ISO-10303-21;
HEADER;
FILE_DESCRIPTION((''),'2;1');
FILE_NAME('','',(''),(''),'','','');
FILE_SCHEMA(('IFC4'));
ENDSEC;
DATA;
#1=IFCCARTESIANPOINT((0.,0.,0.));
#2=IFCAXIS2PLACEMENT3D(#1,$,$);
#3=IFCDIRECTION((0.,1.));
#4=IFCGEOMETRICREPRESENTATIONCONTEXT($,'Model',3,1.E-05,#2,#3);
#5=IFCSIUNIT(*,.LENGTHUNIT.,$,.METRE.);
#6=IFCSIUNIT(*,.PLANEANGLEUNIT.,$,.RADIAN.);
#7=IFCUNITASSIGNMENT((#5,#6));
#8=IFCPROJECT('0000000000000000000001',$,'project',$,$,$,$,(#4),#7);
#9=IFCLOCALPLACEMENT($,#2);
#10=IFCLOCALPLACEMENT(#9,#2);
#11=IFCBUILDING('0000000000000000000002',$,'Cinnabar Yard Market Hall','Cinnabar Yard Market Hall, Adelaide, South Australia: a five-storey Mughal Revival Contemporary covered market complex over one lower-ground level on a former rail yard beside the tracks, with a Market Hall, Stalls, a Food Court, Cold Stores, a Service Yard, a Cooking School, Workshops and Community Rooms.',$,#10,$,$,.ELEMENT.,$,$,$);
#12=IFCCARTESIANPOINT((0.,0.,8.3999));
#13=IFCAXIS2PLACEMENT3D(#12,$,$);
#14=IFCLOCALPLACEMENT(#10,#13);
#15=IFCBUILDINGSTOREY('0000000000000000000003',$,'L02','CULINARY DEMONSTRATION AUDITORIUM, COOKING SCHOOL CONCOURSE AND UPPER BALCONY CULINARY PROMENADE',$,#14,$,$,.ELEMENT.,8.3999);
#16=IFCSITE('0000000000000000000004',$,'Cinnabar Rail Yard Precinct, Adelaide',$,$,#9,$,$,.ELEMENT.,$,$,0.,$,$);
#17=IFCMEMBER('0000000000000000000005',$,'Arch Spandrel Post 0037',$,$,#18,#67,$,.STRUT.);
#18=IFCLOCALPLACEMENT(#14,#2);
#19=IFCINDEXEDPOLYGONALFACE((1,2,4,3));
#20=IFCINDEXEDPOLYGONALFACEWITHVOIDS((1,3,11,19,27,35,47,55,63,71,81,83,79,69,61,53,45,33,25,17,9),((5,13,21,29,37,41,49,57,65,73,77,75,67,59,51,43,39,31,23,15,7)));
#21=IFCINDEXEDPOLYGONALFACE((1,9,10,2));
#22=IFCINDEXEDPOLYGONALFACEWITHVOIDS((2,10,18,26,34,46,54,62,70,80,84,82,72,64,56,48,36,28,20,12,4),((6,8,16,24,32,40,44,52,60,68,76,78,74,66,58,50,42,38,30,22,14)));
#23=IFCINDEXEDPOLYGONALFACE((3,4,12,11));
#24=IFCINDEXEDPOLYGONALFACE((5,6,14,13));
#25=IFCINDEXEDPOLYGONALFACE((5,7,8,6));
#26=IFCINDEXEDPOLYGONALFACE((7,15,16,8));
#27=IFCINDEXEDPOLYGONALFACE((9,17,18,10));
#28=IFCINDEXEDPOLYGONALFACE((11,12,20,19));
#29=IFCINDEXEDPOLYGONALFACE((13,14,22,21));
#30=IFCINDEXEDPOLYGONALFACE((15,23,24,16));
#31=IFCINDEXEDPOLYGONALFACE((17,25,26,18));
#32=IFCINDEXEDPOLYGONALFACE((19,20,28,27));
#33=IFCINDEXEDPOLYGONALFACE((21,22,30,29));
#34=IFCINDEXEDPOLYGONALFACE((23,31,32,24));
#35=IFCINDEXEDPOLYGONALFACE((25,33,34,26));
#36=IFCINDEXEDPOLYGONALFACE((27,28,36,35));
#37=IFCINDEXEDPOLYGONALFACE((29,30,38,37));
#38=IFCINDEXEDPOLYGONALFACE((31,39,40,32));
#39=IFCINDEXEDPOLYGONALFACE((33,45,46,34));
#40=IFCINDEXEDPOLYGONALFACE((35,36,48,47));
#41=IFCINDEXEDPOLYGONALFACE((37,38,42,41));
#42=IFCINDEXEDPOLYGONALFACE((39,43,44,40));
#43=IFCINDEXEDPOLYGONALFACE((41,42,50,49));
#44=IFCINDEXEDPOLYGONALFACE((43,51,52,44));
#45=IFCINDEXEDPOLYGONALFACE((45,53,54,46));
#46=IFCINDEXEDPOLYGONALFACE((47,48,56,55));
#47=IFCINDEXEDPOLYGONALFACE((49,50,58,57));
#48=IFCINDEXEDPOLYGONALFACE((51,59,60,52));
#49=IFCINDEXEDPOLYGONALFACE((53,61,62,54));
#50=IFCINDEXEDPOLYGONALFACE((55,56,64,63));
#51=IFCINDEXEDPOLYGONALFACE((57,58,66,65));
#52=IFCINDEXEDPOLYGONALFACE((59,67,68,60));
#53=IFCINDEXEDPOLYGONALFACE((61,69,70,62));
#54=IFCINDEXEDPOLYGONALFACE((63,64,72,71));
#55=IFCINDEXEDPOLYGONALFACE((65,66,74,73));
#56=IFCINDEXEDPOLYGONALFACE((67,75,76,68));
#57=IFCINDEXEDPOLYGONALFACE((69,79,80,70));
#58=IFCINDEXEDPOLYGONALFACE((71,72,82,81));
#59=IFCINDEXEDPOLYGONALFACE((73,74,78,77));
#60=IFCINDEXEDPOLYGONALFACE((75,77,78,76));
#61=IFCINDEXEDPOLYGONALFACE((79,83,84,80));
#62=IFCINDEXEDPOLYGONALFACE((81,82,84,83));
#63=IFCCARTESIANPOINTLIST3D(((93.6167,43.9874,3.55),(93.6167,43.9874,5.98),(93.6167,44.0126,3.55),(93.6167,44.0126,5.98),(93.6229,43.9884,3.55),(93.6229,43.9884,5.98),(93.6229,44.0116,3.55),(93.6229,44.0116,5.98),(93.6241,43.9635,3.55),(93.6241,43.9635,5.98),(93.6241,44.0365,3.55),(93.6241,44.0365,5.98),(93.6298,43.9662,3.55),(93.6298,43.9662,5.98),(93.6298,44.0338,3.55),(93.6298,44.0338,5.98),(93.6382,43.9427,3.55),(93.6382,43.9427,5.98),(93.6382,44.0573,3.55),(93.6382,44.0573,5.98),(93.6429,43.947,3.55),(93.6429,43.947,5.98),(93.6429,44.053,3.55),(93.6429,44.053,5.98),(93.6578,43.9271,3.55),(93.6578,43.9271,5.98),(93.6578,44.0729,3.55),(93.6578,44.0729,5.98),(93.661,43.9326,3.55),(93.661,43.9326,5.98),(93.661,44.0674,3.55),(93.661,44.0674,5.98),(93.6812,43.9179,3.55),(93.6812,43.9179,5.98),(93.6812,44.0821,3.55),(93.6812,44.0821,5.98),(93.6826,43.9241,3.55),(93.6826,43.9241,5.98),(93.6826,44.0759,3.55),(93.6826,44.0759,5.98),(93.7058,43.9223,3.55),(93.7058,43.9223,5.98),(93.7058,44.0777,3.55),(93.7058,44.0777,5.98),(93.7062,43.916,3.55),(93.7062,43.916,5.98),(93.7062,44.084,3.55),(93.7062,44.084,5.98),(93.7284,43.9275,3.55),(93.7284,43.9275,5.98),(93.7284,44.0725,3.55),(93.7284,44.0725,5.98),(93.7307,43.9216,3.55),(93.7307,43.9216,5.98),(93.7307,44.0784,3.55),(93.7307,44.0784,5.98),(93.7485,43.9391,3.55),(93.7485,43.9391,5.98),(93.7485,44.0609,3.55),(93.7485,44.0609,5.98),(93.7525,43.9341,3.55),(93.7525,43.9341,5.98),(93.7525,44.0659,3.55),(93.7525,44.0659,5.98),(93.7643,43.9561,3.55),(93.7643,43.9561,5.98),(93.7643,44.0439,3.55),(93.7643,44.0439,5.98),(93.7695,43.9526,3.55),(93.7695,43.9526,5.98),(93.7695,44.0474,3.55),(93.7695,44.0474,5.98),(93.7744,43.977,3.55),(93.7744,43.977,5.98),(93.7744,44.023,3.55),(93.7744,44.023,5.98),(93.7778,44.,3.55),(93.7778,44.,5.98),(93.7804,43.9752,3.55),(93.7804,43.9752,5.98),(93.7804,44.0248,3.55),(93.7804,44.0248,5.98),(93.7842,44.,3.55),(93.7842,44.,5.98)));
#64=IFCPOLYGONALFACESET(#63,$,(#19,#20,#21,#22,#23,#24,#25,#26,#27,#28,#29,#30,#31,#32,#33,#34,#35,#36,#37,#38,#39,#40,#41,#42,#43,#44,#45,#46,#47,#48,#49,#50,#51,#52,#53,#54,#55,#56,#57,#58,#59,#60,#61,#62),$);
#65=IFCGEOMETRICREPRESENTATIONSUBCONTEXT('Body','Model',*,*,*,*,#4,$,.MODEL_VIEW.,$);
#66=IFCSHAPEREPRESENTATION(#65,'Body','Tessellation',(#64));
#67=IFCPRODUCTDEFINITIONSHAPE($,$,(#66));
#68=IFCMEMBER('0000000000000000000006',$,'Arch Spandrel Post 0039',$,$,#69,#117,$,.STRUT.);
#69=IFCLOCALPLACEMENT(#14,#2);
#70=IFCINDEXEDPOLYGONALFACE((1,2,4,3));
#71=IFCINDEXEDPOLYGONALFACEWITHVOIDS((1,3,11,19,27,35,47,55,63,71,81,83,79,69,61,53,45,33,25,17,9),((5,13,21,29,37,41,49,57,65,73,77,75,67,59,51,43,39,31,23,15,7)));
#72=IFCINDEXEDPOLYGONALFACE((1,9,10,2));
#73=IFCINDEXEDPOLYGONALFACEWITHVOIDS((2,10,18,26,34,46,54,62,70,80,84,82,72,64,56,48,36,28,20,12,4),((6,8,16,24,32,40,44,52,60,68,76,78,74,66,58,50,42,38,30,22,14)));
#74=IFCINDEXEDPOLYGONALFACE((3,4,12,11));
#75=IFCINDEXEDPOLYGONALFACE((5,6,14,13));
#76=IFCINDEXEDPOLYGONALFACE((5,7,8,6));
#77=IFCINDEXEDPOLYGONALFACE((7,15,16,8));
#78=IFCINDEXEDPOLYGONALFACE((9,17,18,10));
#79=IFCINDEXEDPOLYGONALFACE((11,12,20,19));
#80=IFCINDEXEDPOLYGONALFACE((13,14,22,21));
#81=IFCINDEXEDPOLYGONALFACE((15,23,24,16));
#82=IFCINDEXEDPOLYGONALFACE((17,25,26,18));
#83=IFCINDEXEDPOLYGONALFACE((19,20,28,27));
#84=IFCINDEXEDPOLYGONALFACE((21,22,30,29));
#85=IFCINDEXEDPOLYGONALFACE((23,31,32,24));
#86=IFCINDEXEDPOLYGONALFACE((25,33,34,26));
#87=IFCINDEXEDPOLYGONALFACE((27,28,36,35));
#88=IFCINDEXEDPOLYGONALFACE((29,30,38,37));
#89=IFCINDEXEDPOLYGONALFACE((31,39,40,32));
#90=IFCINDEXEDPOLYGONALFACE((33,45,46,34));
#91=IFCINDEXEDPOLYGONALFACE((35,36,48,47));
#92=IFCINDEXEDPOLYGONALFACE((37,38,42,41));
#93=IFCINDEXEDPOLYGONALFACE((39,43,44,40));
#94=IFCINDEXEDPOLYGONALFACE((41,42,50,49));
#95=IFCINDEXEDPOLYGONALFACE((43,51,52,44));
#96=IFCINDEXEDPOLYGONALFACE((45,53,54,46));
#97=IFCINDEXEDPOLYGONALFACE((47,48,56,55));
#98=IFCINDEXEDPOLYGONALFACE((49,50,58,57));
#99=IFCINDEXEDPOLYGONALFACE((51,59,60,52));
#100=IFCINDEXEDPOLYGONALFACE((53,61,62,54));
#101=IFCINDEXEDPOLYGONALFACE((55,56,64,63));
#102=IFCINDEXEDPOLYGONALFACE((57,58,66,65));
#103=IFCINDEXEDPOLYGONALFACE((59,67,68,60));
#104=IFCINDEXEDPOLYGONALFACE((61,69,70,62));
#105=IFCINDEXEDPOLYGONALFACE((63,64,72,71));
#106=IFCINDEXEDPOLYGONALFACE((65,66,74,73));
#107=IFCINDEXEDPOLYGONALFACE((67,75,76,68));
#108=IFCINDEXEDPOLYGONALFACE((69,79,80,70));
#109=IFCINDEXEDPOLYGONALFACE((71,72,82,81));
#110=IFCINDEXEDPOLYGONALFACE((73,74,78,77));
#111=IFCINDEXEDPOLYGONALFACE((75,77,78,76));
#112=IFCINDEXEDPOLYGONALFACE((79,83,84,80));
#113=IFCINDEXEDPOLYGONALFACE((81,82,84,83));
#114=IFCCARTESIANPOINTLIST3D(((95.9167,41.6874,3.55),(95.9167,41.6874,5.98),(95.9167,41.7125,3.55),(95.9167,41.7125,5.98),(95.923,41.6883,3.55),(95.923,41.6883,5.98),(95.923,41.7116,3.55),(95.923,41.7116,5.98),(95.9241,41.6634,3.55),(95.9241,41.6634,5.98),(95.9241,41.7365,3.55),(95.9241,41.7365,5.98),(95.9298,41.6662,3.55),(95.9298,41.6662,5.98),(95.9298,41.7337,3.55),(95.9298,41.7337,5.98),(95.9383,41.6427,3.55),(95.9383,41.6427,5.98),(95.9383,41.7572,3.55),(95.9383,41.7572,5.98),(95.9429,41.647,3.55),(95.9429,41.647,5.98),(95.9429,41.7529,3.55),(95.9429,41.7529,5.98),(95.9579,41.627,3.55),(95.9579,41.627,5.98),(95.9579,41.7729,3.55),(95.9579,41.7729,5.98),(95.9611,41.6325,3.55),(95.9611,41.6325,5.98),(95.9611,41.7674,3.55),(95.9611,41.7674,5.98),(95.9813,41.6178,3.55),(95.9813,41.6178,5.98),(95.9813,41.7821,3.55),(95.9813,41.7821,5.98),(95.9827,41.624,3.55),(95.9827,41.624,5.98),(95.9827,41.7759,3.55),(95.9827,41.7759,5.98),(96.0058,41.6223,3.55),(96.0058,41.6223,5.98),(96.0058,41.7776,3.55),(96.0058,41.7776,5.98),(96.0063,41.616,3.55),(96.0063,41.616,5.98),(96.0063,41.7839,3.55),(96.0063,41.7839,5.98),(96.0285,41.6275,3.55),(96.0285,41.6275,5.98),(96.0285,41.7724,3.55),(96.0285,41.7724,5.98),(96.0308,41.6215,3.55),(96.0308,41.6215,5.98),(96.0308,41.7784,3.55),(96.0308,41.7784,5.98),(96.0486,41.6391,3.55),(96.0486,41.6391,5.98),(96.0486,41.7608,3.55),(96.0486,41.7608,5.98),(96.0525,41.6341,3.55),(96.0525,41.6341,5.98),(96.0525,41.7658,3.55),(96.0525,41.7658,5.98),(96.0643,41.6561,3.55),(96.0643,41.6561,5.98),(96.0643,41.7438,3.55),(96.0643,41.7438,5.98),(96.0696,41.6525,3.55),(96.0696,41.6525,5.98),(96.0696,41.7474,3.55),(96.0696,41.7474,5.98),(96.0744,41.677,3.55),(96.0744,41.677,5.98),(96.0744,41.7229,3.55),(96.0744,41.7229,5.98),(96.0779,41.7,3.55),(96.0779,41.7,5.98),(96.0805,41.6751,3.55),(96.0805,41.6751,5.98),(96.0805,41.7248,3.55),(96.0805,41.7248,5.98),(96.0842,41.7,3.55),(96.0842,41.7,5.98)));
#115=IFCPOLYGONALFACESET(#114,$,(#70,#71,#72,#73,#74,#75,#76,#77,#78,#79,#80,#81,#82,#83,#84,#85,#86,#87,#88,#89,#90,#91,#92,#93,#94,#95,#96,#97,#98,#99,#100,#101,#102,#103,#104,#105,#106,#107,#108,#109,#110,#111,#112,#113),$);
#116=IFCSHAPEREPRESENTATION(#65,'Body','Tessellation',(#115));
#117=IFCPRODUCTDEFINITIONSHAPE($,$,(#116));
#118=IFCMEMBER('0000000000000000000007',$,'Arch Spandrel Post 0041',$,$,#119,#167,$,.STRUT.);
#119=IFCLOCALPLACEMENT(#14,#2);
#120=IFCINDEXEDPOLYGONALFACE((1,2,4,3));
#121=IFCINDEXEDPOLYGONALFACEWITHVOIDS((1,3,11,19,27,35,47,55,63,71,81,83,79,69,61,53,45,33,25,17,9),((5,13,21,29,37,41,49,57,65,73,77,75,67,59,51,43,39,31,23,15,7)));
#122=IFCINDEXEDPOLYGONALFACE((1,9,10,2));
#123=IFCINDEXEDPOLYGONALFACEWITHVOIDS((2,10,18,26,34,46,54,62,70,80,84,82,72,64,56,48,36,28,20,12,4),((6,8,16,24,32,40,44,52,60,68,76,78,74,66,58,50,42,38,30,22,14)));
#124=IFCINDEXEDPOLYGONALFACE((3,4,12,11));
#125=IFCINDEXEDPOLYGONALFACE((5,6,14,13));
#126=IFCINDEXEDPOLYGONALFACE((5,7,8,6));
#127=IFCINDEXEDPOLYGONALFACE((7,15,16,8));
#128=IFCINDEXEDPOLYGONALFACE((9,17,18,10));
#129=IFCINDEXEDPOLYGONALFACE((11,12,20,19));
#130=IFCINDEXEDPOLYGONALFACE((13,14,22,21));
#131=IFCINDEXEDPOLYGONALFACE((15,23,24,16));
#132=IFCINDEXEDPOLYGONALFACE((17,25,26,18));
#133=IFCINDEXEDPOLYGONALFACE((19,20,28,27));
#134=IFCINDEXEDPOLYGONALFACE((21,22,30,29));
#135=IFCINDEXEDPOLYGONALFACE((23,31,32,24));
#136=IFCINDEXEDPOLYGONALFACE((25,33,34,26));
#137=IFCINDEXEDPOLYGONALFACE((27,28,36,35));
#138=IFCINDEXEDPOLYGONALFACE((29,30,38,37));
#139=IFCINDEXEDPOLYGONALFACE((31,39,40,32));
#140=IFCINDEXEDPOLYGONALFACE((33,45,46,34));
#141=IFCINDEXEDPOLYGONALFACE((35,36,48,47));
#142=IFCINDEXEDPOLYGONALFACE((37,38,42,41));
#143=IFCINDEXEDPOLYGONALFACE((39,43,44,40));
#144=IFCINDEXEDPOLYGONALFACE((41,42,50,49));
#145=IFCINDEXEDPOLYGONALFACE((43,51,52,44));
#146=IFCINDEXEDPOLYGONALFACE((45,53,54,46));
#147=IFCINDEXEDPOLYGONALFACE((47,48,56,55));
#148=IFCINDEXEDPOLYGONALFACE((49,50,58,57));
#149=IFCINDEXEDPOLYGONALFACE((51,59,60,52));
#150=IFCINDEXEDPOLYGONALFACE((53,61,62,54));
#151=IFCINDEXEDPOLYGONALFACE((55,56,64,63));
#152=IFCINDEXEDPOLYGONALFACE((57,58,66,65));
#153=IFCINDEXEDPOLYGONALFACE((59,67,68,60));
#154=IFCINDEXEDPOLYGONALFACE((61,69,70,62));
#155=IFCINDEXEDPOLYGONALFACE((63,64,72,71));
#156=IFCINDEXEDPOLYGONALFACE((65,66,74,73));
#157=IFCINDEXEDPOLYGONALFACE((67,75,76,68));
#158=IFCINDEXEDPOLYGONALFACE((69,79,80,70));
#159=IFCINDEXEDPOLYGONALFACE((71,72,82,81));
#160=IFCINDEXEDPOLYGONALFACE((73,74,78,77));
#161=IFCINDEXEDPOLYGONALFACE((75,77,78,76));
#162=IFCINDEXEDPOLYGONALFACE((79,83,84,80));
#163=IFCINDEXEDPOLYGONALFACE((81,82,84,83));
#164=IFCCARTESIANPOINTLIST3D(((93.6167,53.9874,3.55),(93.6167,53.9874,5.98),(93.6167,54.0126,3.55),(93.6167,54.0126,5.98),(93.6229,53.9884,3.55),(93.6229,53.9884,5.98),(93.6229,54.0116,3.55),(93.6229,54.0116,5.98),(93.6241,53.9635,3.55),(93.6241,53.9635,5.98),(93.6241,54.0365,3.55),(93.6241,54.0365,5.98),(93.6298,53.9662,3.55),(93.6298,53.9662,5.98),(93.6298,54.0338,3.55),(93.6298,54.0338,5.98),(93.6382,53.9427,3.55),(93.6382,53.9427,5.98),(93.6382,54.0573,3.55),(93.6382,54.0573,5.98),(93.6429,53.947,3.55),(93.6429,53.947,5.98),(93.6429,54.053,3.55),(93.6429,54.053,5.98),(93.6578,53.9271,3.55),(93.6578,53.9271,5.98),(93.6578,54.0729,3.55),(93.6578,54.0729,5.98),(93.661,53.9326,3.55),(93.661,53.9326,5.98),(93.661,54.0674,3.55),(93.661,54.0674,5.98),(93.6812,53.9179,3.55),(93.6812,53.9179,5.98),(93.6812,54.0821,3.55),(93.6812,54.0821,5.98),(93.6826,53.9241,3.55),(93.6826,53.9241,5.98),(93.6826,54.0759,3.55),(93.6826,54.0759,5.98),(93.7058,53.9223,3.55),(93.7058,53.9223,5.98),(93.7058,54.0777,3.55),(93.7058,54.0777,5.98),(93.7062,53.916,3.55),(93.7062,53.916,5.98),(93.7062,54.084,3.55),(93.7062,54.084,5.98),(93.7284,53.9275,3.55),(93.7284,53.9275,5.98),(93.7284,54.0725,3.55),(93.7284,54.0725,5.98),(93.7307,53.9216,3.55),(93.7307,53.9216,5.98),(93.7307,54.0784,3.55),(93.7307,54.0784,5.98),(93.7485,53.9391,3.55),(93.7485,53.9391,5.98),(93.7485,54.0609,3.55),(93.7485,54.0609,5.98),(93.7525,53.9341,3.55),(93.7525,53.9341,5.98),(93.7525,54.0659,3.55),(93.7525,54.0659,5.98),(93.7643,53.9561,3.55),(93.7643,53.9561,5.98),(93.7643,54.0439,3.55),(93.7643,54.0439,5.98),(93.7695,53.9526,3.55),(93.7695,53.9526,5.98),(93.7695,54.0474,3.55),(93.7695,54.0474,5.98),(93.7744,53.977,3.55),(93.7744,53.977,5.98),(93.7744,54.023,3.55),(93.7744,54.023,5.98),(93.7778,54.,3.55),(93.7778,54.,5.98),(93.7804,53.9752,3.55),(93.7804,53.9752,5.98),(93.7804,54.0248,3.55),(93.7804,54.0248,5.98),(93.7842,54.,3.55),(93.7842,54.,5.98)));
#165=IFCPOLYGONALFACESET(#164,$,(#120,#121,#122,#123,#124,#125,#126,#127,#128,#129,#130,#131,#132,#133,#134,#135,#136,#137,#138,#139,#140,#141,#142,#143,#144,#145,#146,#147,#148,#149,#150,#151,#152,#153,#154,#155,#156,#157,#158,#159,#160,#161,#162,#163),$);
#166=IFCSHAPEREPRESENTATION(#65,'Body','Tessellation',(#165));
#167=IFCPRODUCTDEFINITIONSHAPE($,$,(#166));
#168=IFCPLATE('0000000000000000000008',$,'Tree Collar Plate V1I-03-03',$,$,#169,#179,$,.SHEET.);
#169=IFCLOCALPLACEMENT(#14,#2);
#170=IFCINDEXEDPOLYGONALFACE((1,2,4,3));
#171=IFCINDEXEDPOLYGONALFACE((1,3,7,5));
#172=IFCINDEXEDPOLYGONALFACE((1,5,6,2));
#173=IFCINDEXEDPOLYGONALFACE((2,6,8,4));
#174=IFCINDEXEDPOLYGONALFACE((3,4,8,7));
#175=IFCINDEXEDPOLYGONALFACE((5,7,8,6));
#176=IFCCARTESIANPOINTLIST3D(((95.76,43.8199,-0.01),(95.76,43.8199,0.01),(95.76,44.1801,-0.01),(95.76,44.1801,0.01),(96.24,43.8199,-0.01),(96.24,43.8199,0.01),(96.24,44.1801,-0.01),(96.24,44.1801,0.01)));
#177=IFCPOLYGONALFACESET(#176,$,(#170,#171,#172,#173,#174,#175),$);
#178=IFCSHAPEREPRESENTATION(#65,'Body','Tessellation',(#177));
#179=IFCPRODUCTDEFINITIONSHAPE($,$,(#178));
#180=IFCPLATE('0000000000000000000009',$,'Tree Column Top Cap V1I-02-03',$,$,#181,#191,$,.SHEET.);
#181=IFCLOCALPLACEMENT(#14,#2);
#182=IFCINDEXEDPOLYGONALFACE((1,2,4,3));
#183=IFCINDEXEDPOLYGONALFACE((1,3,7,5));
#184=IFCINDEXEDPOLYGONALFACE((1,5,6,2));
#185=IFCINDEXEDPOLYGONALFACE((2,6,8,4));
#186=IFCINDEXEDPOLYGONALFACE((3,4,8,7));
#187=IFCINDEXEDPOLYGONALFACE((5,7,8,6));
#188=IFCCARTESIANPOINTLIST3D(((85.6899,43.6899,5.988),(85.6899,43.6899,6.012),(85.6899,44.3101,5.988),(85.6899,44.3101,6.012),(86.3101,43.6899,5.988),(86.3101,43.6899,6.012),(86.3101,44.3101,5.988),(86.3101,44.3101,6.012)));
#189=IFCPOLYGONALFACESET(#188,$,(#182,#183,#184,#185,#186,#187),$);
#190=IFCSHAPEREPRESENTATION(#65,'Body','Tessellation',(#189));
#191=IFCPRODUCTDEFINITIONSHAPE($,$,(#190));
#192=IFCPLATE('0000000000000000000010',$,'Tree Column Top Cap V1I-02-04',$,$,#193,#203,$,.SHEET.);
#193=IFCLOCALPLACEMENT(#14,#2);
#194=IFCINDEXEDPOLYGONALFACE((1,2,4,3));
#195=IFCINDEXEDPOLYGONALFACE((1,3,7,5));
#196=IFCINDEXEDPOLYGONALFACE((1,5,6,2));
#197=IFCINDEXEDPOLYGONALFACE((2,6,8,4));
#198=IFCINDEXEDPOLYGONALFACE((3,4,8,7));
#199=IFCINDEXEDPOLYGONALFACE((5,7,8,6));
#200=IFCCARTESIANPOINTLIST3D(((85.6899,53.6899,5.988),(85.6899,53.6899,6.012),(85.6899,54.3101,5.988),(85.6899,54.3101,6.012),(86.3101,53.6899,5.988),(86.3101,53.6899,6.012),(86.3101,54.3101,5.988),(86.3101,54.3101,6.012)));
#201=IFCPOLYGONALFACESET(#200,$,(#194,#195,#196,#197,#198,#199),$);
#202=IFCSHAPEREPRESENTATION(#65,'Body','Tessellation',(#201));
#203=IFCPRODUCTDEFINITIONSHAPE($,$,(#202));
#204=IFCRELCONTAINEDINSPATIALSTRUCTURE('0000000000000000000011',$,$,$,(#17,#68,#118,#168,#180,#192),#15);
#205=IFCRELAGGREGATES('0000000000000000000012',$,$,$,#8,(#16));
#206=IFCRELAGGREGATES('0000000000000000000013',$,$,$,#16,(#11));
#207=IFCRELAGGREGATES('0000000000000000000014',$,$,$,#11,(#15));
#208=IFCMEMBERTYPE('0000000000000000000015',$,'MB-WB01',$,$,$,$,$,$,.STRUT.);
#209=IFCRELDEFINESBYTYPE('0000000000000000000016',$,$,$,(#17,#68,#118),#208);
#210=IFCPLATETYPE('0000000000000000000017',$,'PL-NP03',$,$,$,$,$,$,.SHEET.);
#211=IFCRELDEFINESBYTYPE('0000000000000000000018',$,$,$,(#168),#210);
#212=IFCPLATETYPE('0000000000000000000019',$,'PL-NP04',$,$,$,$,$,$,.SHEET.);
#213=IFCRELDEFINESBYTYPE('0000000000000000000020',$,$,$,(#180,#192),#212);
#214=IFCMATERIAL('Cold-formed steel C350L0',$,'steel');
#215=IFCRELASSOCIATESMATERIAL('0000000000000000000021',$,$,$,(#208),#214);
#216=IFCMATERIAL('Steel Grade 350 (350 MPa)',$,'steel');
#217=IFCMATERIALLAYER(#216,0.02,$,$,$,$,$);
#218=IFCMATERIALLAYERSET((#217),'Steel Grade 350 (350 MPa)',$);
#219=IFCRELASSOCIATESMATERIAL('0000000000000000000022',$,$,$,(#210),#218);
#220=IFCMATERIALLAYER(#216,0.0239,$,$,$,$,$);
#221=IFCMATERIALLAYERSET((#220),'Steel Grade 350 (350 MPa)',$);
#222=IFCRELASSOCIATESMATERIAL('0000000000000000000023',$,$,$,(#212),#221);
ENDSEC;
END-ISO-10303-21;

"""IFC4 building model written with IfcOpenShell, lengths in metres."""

from ifc_helpers import new_model, si_unit, direction, frame, origin, origin_2d_with_axis, place, context, subcontext, project, spatial, rectangle, hollow_circle, extrude, material, layer, layer_set, material_profile, profile_set, type_object, element, save


model = new_model("IFC4")

# Units and contexts
model_context = context("Model", 3, precision=1e-05, world=origin(), true_north=direction((0.0, 1.0)))
body_context = subcontext(model_context, "Body", "Model", "MODEL_VIEW")
ifc_project = project(units=[si_unit("LENGTHUNIT", "METRE"), si_unit("PLANEANGLEUNIT", "RADIAN")], contexts=[model_context])

# Site, building, storey
site_placement = place(None, origin())
site = spatial("IfcSite", under=ifc_project, at=site_placement, Name="Cinnabar Rail Yard Precinct, Adelaide", CompositionType="ELEMENT", RefElevation=0.0)
building_placement = place(site_placement, origin())
building = spatial("IfcBuilding", under=site, at=building_placement, Name="Cinnabar Yard Market Hall", Description="Cinnabar Yard Market Hall, Adelaide, South Australia: a five-storey Mughal Revival Contemporary covered market complex over one lower-ground level on a former rail yard beside the tracks, with a Market Hall, Stalls, a Food Court, Cold Stores, a Service Yard, a Cooking School, Workshops and Community Rooms.", CompositionType="ELEMENT")
storey_placement = place(building_placement, frame((0.0, 0.0, 8.3999)))
storey = spatial("IfcBuildingStorey", under=building, at=storey_placement, Name="L02", Description="CULINARY DEMONSTRATION AUDITORIUM, COOKING SCHOOL CONCOURSE AND UPPER BALCONY CULINARY PROMENADE", CompositionType="ELEMENT", Elevation=8.3999)

# Members
ifc_material_1 = material(Name="Cold-formed steel C350L0", Category="steel")
ifc_material_profile_1 = material_profile(ifc_material_1, hollow_circle(Radius=0.0842, WallThickness=0.0063, at=origin_2d_with_axis()), Name="168.3x6.4CHS")
ifc_profile_set_1 = profile_set([ifc_material_profile_1], Name="Cold-formed steel C350L0")
member_type_1 = type_object("IfcMemberType", Name="MB-WB01", PredefinedType="STRUT", material=ifc_profile_set_1)
for number, where, z_axis, x_axis, name in (
    (1, (93.7, 44.0, 3.55), (0.0, 0.0, 1.0), (1.0, 0.0, 0.0), "Arch Spandrel Post 0037"),
    (2, (96.0, 41.7, 3.55), (0.0, 0.0, 1.0), (1.0, 0.0, 0.0), "Arch Spandrel Post 0039"),
    (3, (93.7, 54.0, 3.55), (0.0, 0.0, 1.0), (1.0, 0.0, 0.0), "Arch Spandrel Post 0041"),
):
    element("IfcMember", number, at=place(storey_placement, frame(where, z_axis=z_axis, x_axis=x_axis)), inside=storey, type_object=member_type_1, Name=name, PredefinedType="STRUT", context=body_context, shape_type="SweptSolid", body=[
        extrude(hollow_circle(Radius=0.0842, WallThickness=0.0063, at=origin_2d_with_axis()), origin(), (0.0, 0.0, 1.0), 2.4299),
    ])

# Plates
ifc_material_2 = material(Name="Steel Grade 350 (350 MPa)", Category="steel")
ifc_layer_1 = layer(ifc_material_2, 0.02)
ifc_layer_set_1 = layer_set([ifc_layer_1], Name="Steel Grade 350 (350 MPa)")
plate_type_1 = type_object("IfcPlateType", Name="PL-NP03", PredefinedType="SHEET", material=ifc_layer_set_1)
plate_1_placement = place(storey_placement, frame((96.0, 44.0, -0.01), z_axis=(0.0, 0.0, 1.0), x_axis=(1.0, 0.0, 0.0)))
element("IfcPlate", 4, at=plate_1_placement, inside=storey, type_object=plate_type_1, Name="Tree Collar Plate V1I-03-03", PredefinedType="SHEET", context=body_context, shape_type="SweptSolid", body=[
    extrude(rectangle(XDim=0.48, YDim=0.3601, at=origin_2d_with_axis()), origin(), (0.0, 0.0, 1.0), 0.02),
])
ifc_layer_2 = layer(ifc_material_2, 0.0239)
ifc_layer_set_2 = layer_set([ifc_layer_2], Name="Steel Grade 350 (350 MPa)")
plate_type_2 = type_object("IfcPlateType", Name="PL-NP04", PredefinedType="SHEET", material=ifc_layer_set_2)
for number, where, z_axis, x_axis, name in (
    (5, (86.0, 44.0, 5.988), (0.0, 0.0, 1.0), (1.0, 0.0, 0.0), "Tree Column Top Cap V1I-02-03"),
    (6, (86.0, 54.0, 5.988), (0.0, 0.0, 1.0), (1.0, 0.0, 0.0), "Tree Column Top Cap V1I-02-04"),
):
    element("IfcPlate", number, at=place(storey_placement, frame(where, z_axis=z_axis, x_axis=x_axis)), inside=storey, type_object=plate_type_2, Name=name, PredefinedType="SHEET", context=body_context, shape_type="SweptSolid", body=[
        extrude(rectangle(XDim=0.6201, YDim=0.6201, at=origin_2d_with_axis()), origin(), (0.0, 0.0, 1.0), 0.0239),
    ])

save(model, "model.ifc")
